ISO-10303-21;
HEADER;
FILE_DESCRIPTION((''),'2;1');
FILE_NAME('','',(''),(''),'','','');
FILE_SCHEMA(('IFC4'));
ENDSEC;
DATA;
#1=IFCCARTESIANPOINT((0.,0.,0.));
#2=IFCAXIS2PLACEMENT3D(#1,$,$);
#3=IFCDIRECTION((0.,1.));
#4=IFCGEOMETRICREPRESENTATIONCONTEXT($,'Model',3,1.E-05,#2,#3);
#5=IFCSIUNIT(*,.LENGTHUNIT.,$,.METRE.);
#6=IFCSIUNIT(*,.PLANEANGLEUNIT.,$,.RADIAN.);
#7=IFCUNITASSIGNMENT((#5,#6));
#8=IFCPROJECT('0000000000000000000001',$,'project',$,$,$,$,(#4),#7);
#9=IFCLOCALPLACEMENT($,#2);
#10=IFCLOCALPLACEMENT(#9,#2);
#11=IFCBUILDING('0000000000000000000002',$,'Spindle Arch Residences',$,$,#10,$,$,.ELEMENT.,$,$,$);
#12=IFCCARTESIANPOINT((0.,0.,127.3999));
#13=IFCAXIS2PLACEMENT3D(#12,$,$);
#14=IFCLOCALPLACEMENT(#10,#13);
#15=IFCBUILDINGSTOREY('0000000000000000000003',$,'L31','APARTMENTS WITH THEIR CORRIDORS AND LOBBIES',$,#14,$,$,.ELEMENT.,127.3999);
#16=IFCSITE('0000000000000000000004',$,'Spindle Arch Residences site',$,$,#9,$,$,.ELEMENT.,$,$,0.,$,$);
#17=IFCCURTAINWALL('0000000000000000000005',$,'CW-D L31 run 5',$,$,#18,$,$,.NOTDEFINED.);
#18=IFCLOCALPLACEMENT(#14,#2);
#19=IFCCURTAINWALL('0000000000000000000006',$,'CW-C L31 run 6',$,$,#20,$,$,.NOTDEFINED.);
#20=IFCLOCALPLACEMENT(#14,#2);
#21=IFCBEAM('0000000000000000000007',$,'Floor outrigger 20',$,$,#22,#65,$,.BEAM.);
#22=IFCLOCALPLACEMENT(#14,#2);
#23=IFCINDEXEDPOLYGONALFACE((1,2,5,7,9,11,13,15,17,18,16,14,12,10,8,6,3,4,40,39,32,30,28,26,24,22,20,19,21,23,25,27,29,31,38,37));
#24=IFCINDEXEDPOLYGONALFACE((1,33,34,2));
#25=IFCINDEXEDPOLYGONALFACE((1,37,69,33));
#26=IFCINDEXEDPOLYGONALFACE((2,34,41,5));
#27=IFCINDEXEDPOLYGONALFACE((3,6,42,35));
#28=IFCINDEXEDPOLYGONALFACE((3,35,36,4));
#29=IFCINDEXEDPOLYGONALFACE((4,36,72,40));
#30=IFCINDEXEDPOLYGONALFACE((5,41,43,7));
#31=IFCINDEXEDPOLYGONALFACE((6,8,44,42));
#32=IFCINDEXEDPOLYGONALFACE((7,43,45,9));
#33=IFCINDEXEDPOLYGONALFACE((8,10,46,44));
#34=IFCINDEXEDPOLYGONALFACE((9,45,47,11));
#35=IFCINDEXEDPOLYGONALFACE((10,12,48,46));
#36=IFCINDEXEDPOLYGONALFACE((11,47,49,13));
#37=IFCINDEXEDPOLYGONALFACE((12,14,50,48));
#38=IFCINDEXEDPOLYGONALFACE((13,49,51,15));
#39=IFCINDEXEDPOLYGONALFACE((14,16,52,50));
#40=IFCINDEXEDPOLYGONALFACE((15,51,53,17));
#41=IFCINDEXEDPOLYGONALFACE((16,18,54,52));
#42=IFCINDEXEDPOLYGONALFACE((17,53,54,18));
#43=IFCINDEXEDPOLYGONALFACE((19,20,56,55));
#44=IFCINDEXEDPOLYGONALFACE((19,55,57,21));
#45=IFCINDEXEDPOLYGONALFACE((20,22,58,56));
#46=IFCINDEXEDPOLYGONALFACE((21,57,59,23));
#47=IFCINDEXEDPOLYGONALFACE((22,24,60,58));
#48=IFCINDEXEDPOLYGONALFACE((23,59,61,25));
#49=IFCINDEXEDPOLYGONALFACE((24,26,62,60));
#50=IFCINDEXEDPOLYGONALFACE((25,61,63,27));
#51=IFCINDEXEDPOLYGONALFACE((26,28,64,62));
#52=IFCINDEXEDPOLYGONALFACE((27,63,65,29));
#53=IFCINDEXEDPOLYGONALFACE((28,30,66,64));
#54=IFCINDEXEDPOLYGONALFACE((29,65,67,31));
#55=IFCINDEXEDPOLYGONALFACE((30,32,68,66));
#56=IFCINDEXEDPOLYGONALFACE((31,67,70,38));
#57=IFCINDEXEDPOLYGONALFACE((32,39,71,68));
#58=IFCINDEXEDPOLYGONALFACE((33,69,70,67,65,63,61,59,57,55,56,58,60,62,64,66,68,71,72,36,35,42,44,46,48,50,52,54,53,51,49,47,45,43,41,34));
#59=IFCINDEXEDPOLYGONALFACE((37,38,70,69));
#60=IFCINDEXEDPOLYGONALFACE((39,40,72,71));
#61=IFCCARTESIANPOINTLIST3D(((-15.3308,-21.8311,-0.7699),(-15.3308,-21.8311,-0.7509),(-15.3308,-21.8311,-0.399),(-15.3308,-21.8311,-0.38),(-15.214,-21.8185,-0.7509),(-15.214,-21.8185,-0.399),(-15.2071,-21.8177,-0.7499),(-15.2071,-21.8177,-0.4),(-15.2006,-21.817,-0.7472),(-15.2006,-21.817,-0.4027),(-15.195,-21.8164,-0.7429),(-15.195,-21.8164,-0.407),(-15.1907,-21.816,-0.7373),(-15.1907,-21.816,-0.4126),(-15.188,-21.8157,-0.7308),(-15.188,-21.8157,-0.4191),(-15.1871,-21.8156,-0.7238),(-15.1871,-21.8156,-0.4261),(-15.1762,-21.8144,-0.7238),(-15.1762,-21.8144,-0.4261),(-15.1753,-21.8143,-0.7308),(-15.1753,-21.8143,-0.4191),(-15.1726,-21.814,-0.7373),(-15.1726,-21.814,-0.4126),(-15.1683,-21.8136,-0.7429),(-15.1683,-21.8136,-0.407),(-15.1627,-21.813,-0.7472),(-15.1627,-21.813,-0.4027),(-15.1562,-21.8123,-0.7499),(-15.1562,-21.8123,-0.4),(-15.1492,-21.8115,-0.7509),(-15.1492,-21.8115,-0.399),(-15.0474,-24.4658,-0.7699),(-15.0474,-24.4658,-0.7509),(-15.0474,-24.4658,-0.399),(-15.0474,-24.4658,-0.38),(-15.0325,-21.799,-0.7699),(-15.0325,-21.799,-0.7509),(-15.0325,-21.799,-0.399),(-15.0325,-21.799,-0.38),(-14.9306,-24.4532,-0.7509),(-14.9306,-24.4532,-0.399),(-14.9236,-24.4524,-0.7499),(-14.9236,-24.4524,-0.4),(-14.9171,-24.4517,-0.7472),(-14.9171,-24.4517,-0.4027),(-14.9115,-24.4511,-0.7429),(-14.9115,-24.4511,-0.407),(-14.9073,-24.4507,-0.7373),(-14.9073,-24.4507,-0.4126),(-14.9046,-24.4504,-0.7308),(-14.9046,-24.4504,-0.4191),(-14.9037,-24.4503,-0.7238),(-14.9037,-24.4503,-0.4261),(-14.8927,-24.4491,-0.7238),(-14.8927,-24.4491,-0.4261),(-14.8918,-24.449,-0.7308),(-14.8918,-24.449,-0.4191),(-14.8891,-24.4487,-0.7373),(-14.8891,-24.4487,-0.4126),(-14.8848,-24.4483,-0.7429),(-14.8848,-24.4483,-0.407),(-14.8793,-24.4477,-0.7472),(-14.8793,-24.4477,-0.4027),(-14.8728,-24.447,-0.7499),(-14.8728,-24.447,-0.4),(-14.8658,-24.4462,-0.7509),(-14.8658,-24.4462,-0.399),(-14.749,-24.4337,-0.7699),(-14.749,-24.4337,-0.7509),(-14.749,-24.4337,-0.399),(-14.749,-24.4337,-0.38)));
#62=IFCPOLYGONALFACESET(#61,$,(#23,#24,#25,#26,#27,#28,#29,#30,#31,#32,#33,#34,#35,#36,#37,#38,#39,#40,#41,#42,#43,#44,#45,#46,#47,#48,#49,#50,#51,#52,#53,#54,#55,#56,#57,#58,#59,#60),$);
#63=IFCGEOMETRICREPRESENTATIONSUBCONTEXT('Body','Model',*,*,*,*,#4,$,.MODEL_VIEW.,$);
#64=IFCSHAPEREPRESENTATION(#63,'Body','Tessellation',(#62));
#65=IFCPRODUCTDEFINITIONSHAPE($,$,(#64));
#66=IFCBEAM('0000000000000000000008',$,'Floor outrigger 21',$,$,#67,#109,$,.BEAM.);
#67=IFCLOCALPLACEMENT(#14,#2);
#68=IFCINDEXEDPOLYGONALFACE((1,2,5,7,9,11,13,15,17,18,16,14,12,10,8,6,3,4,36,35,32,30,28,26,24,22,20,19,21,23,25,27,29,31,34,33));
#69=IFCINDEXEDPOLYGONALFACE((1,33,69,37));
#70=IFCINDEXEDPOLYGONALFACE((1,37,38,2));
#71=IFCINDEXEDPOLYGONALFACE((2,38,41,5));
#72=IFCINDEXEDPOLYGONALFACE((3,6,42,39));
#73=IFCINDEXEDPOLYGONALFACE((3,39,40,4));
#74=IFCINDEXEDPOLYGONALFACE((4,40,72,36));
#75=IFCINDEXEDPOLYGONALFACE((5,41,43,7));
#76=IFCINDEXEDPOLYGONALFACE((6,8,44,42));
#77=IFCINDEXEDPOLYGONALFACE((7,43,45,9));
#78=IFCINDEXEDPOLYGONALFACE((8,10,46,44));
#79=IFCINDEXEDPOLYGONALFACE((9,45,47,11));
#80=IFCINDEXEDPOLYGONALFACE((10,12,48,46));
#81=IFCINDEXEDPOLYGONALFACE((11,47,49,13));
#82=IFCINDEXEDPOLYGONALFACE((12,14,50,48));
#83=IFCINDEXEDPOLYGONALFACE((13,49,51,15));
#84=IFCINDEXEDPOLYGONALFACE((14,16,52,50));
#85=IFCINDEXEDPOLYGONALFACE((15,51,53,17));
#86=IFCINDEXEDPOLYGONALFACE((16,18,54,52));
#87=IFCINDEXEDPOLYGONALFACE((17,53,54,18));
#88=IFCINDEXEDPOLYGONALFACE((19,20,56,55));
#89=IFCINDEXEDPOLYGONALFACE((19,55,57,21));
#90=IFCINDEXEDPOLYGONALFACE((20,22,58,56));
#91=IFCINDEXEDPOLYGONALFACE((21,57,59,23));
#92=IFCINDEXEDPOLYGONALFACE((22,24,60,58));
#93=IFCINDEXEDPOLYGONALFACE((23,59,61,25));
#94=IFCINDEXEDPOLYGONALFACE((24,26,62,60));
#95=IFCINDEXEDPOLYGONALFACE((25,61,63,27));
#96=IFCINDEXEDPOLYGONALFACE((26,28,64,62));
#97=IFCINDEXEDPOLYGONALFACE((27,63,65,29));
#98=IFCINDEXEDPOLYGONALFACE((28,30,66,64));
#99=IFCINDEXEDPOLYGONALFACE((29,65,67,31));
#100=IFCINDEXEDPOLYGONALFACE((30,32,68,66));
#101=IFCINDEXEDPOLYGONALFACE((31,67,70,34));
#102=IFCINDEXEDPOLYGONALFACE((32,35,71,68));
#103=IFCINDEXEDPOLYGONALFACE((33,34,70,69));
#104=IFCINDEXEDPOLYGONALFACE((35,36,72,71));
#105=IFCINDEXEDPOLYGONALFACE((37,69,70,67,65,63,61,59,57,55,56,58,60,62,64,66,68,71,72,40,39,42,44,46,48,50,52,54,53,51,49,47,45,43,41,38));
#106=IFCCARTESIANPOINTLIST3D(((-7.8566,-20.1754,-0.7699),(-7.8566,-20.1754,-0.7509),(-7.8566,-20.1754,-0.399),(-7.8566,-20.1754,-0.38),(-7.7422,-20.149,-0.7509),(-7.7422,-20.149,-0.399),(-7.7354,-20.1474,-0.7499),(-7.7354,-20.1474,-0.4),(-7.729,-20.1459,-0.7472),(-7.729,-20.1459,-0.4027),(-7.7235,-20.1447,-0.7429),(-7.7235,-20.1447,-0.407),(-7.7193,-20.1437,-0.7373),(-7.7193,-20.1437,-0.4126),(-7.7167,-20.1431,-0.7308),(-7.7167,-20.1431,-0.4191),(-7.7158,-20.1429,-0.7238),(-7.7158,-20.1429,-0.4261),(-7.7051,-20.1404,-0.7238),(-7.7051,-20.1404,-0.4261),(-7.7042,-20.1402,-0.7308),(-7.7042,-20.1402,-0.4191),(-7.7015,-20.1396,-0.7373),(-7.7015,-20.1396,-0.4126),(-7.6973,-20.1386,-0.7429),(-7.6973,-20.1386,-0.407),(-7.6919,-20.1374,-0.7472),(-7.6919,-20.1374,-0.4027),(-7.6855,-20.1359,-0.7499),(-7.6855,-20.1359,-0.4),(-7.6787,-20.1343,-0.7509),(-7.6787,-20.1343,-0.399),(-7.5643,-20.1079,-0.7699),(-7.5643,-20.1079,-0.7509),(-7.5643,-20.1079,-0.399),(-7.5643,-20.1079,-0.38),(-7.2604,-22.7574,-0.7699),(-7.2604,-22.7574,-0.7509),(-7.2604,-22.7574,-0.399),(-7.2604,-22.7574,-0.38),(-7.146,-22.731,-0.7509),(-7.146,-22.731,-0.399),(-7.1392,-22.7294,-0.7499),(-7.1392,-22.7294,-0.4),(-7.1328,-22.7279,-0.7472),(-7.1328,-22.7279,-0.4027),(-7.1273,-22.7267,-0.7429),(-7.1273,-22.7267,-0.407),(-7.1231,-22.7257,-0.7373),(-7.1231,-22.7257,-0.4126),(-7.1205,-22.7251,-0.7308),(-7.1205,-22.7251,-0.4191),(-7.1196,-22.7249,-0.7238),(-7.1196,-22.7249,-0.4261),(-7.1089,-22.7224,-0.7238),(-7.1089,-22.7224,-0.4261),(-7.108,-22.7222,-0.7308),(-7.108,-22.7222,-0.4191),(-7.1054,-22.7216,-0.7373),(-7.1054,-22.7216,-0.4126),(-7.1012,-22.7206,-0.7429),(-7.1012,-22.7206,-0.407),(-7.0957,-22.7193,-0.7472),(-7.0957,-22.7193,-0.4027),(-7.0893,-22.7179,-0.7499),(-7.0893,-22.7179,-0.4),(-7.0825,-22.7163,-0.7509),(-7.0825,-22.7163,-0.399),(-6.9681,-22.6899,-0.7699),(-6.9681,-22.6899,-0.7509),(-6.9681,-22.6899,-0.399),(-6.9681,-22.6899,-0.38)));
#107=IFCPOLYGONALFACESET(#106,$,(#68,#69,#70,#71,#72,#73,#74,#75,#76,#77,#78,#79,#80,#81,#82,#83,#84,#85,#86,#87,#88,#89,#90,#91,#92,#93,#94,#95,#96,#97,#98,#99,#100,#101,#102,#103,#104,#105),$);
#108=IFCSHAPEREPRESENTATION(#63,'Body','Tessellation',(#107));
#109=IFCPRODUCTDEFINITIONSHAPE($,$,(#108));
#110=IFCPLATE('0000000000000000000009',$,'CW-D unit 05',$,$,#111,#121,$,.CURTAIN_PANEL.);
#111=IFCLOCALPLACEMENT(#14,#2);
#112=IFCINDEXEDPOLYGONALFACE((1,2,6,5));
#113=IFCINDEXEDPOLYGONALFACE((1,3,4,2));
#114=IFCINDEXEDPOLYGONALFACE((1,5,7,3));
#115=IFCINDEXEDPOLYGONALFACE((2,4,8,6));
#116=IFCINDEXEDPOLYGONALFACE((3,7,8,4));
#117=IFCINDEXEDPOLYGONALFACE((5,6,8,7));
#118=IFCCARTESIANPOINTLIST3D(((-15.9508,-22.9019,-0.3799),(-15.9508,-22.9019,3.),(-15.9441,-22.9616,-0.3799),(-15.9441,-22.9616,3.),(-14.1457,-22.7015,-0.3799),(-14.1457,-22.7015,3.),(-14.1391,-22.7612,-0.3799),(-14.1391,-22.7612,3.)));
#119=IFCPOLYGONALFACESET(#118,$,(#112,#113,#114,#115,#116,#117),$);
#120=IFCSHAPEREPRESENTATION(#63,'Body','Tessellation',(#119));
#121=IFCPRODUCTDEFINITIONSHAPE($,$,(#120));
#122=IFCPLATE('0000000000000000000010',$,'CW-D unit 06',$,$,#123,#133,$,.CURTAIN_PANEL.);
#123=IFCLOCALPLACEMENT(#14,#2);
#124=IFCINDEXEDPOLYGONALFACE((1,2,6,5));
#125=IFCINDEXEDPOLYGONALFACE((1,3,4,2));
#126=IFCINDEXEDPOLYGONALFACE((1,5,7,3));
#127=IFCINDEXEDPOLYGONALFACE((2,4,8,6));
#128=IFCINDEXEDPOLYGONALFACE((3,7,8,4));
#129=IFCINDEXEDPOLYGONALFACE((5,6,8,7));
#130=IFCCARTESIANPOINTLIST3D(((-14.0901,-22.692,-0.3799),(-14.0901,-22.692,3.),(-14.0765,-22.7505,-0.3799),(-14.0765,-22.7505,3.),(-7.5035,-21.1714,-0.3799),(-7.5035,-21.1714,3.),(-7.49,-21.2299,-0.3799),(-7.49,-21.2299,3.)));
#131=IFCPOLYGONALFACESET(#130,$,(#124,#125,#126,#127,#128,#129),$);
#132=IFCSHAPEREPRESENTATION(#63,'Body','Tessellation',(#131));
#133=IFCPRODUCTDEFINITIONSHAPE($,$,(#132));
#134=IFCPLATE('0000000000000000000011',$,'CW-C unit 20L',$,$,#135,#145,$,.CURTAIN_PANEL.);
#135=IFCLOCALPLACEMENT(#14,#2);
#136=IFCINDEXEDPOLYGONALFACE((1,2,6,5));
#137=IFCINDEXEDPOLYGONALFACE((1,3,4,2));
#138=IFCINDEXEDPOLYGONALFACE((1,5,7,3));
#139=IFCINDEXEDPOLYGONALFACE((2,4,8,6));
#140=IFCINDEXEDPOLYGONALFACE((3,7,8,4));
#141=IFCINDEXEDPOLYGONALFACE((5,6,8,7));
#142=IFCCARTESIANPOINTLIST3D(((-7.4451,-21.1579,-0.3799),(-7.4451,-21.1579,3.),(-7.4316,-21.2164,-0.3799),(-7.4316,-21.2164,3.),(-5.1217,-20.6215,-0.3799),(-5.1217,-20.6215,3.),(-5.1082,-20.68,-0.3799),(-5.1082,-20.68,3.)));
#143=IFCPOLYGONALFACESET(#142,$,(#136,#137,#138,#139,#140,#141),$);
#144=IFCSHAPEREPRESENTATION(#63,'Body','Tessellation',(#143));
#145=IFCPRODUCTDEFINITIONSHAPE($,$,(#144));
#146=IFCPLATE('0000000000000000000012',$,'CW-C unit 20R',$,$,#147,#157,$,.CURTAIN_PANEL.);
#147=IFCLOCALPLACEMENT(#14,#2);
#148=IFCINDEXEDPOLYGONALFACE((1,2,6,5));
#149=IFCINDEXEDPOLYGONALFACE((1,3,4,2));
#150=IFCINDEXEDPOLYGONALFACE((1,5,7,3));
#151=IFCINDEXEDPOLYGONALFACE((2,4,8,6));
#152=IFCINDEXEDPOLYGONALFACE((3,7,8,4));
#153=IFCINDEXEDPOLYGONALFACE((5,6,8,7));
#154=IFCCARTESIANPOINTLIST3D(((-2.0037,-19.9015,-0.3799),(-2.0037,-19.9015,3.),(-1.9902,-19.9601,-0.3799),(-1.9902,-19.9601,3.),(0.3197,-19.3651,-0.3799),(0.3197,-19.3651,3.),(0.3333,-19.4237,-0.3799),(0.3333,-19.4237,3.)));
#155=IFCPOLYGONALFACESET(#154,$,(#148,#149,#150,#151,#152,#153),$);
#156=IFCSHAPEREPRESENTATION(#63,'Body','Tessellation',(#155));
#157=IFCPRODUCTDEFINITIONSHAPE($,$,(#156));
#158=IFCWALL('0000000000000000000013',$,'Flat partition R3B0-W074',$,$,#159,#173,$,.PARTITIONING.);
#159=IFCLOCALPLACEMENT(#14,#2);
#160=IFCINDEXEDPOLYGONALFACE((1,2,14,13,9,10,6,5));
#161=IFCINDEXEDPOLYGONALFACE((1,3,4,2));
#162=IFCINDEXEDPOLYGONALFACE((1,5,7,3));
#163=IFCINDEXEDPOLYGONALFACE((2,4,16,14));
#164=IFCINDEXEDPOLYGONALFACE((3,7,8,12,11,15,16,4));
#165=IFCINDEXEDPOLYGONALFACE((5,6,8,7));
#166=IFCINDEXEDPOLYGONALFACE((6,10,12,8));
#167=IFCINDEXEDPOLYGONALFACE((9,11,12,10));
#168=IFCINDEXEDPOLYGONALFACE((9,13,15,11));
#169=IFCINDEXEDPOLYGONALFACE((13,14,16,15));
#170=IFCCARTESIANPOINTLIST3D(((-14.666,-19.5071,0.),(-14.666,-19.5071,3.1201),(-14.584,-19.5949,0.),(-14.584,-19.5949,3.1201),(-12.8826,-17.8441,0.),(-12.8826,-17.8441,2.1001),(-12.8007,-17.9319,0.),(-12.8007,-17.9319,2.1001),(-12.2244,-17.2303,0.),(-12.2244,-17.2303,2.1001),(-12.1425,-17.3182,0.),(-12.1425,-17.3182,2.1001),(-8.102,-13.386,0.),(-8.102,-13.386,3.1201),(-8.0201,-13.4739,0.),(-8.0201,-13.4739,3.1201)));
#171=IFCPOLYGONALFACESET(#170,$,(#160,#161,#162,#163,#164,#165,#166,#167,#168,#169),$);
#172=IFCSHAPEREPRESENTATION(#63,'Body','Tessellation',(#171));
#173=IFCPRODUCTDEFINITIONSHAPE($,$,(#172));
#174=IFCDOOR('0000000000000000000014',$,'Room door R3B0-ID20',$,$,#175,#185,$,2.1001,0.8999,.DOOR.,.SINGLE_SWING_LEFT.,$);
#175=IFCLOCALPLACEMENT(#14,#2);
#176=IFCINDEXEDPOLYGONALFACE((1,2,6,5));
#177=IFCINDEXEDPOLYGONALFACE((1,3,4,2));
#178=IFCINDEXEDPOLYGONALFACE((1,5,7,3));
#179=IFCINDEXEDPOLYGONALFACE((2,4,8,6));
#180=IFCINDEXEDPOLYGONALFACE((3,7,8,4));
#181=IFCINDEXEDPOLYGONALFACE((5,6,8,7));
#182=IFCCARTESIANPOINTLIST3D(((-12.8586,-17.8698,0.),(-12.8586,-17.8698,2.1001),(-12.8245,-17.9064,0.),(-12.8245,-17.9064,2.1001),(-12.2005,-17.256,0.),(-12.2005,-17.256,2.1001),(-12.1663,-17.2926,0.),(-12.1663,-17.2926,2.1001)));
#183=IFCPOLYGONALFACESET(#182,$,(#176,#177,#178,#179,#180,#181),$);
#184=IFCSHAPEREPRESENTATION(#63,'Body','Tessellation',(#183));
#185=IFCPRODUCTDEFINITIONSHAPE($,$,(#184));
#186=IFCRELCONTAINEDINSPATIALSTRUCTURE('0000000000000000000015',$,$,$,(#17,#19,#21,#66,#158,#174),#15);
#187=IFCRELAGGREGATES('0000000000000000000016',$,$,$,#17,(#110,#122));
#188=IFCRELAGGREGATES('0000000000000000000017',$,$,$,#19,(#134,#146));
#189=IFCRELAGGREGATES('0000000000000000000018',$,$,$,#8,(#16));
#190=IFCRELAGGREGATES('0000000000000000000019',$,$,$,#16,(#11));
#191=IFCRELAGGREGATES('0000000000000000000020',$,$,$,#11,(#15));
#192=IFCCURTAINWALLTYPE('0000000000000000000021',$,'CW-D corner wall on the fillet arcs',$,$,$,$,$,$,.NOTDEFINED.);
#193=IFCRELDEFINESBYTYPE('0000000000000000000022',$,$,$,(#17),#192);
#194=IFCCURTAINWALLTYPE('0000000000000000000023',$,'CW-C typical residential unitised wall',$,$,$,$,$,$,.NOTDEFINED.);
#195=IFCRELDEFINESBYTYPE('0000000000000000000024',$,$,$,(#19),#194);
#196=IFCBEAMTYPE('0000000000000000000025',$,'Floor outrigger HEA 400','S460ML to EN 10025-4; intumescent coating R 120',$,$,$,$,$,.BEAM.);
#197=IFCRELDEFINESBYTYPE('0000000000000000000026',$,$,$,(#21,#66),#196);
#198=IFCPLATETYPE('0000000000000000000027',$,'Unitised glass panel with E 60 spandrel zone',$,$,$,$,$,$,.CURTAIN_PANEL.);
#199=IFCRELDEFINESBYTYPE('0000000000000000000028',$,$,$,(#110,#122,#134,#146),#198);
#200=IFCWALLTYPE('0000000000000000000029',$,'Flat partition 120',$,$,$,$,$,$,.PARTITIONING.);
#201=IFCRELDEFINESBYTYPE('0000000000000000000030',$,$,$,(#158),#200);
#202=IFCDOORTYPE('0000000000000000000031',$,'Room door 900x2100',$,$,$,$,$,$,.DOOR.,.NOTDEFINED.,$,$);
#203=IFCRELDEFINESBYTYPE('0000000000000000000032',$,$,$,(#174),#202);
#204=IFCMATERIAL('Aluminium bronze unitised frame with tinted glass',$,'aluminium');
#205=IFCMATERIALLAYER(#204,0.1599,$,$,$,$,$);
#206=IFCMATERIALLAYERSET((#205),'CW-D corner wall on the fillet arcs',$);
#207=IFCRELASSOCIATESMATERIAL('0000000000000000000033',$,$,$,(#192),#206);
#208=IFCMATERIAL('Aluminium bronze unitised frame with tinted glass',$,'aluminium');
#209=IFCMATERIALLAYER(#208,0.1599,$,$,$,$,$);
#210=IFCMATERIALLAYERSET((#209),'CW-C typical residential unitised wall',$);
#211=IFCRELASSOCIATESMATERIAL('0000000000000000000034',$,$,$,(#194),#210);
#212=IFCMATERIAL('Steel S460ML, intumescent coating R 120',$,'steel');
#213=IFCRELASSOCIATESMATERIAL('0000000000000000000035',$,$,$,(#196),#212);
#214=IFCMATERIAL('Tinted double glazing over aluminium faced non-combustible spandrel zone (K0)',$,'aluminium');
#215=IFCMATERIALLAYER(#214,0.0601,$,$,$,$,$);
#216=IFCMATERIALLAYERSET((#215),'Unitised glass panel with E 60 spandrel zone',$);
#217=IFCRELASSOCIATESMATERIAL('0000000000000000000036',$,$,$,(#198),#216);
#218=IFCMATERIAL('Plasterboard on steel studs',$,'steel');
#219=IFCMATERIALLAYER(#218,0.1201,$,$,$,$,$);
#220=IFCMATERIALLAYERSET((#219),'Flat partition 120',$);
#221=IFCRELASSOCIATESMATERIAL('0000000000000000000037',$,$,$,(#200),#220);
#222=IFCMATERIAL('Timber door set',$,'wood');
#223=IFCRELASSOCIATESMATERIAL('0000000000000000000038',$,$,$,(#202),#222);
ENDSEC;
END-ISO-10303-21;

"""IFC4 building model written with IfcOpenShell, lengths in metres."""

from ifc_helpers import new_model, si_unit, direction, frame, frame_2d, origin, origin_2d, place, context, subcontext, project, spatial, rectangle, i_section, extrude, material, layer, layer_set, material_profile, profile_set, type_object, element, fill, aggregate, save


model = new_model("IFC4")

# Units and contexts
model_context = context("Model", 3, precision=1e-05, world=origin(), true_north=direction((0.0, 1.0)))
body_context = subcontext(model_context, "Body", "Model", "MODEL_VIEW")
ifc_project = project(units=[si_unit("LENGTHUNIT", "METRE"), si_unit("PLANEANGLEUNIT", "RADIAN")], contexts=[model_context])

# Site, building, storey
site_placement = place(None, origin())
site = spatial("IfcSite", under=ifc_project, at=site_placement, Name="Spindle Arch Residences site", CompositionType="ELEMENT", RefElevation=0.0)
building_placement = place(site_placement, origin())
building = spatial("IfcBuilding", under=site, at=building_placement, Name="Spindle Arch Residences", CompositionType="ELEMENT")
storey_placement = place(building_placement, frame((0.0, 0.0, 127.3999)))
storey = spatial("IfcBuildingStorey", under=building, at=storey_placement, Name="L31", Description="APARTMENTS WITH THEIR CORRIDORS AND LOBBIES", CompositionType="ELEMENT", Elevation=127.3999)

# Curtain walls
ifc_material_1 = material(Name="Aluminium bronze unitised frame with tinted glass", Category="aluminium")
ifc_layer_1 = layer(ifc_material_1, 0.1599)
ifc_layer_set_1 = layer_set([ifc_layer_1], Name="CW-D corner wall on the fillet arcs")
curtain_wall_type_1 = type_object("IfcCurtainWallType", Name="CW-D corner wall on the fillet arcs", PredefinedType="NOTDEFINED", material=ifc_layer_set_1)
curtain_wall_1_placement = place(storey_placement, origin())
curtain_wall_1 = element("IfcCurtainWall", 1, at=curtain_wall_1_placement, inside=storey, type_object=curtain_wall_type_1, Name="CW-D L31 run 5", PredefinedType="NOTDEFINED")
ifc_material_2 = material(Name="Aluminium bronze unitised frame with tinted glass", Category="aluminium")
ifc_layer_2 = layer(ifc_material_2, 0.1599)
ifc_layer_set_2 = layer_set([ifc_layer_2], Name="CW-C typical residential unitised wall")
curtain_wall_type_2 = type_object("IfcCurtainWallType", Name="CW-C typical residential unitised wall", PredefinedType="NOTDEFINED", material=ifc_layer_set_2)
curtain_wall_2_placement = place(storey_placement, origin())
curtain_wall_2 = element("IfcCurtainWall", 2, at=curtain_wall_2_placement, inside=storey, type_object=curtain_wall_type_2, Name="CW-C L31 run 6", PredefinedType="NOTDEFINED")

# Beams
ifc_material_3 = material(Name="Steel S460ML, intumescent coating R 120", Category="steel")
ifc_material_profile_1 = material_profile(ifc_material_3, i_section(OverallWidth=0.3, OverallDepth=0.3899, WebThickness=0.011, FlangeThickness=0.019, FilletRadius=0.0271, at=origin_2d()), Name="HEA 400")
ifc_profile_set_1 = profile_set([ifc_material_profile_1], Name="Steel S460ML, intumescent coating R 120")
beam_type_1 = type_object("IfcBeamType", Name="Floor outrigger HEA 400", Description="S460ML to EN 10025-4; intumescent coating R 120", PredefinedType="BEAM", material=ifc_profile_set_1)
for number, where, z_axis, x_axis, name in (
    (3, (-14.8982, -24.4497, -0.575), (-0.106963, 0.994263, 0.0), (-0.994263, -0.106963, 0.0), "Floor outrigger 20"),
    (4, (-7.1143, -22.7236, -0.575), (-0.224981, 0.974363, 0.0), (-0.974363, -0.224981, 0.0), "Floor outrigger 21"),
):
    element("IfcBeam", number, at=place(storey_placement, frame(where, z_axis=z_axis, x_axis=x_axis)), inside=storey, type_object=beam_type_1, Name=name, PredefinedType="BEAM", context=body_context, shape_type="SweptSolid", body=[
        extrude(i_section(OverallWidth=0.3, OverallDepth=0.3899, WebThickness=0.011, FlangeThickness=0.019, FilletRadius=0.0271, at=origin_2d()), origin(), (0.0, 0.0, 1.0), 2.6499),
    ])

# Plates
ifc_material_4 = material(Name="Tinted double glazing over aluminium faced non-combustible spandrel zone (K0)", Category="aluminium")
ifc_layer_3 = layer(ifc_material_4, 0.0601)
ifc_layer_set_3 = layer_set([ifc_layer_3], Name="Unitised glass panel with E 60 spandrel zone")
plate_type = type_object("IfcPlateType", Name="Unitised glass panel with E 60 spandrel zone", PredefinedType="CURTAIN_PANEL", material=ifc_layer_set_3)
plate_1_placement = place(storey_placement, frame((-15.0449, -22.8315, -0.3799), z_axis=(0.0, 0.0, 1.0), x_axis=(0.993897, 0.110313, 0.0)))
plate_1 = element("IfcPlate", 5, at=plate_1_placement, type_object=plate_type, Name="CW-D unit 05", PredefinedType="CURTAIN_PANEL", context=body_context, shape_type="SweptSolid", body=[
    extrude(rectangle(XDim=1.8162, YDim=0.0601, at=origin_2d()), origin(), (0.0, 0.0, 1.0), 3.3799),
])
plate_2_placement = place(storey_placement, frame((-10.79, -21.9609, -0.3799), z_axis=(0.0, 0.0, 1.0), x_axis=(0.97437, 0.224951, 0.0)))
plate_2 = element("IfcPlate", 6, at=plate_2_placement, type_object=plate_type, Name="CW-D unit 06", PredefinedType="CURTAIN_PANEL", context=body_context, shape_type="SweptSolid", body=[
    extrude(rectangle(XDim=6.7598, YDim=0.0601, at=origin_2d()), origin(), (0.0, 0.0, 1.0), 3.3799),
])
aggregate(curtain_wall_1, [plate_1, plate_2])
plate_3_placement = place(storey_placement, frame((-6.2766, -20.9189, -0.3799), z_axis=(0.0, 0.0, 1.0), x_axis=(0.97437, 0.224951, 0.0)))
plate_3 = element("IfcPlate", 7, at=plate_3_placement, type_object=plate_type, Name="CW-C unit 20L", PredefinedType="CURTAIN_PANEL", context=body_context, shape_type="SweptSolid", body=[
    extrude(rectangle(XDim=2.3845, YDim=0.0601, at=origin_2d()), origin(), (0.0, 0.0, 1.0), 3.3799),
])
plate_4_placement = place(storey_placement, frame((-0.8352, -19.6626, -0.3799), z_axis=(0.0, 0.0, 1.0), x_axis=(0.97437, 0.224951, 0.0)))
plate_4 = element("IfcPlate", 8, at=plate_4_placement, type_object=plate_type, Name="CW-C unit 20R", PredefinedType="CURTAIN_PANEL", context=body_context, shape_type="SweptSolid", body=[
    extrude(rectangle(XDim=2.3845, YDim=0.0601, at=origin_2d()), origin(), (0.0, 0.0, 1.0), 3.3799),
])
aggregate(curtain_wall_2, [plate_3, plate_4])

# Wall, opening, door
ifc_material_5 = material(Name="Plasterboard on steel studs", Category="steel")
ifc_layer_4 = layer(ifc_material_5, 0.1201)
ifc_layer_set_4 = layer_set([ifc_layer_4], Name="Flat partition 120")
wall_type_1 = type_object("IfcWallType", Name="Flat partition 120", PredefinedType="PARTITIONING", material=ifc_layer_set_4)
wall_1_placement = place(storey_placement, frame((-14.625, -19.551, 0.0), z_axis=(0.0, 0.0, 1.0), x_axis=(0.731348, 0.682004, 0.0)))
wall_1 = element("IfcWall", 9, at=wall_1_placement, inside=storey, type_object=wall_type_1, Name="Flat partition R3B0-W074", PredefinedType="PARTITIONING", context=body_context, shape_type="SweptSolid", body=[
    extrude(rectangle(XDim=8.9751, YDim=0.1201, at=frame_2d((4.4875, 0.0))), origin(), (0.0, 0.0, 1.0), 3.1201),
])
opening_1_placement = place(wall_1_placement, frame((2.4385, 0.0, 0.0)))
opening_1 = element("IfcOpeningElement", 10, at=opening_1_placement, cuts=wall_1, PredefinedType="OPENING", context=body_context, shape_type="SweptSolid", body=[
    extrude(rectangle(XDim=0.8999, YDim=2.1001, at=frame_2d((0.45, 1.05))), frame((0.0, 0.0701, 0.0), z_axis=(0.0, -1.0, 0.0), x_axis=(1.0, 0.0, 0.0)), (0.0, 0.0, 1.0), 0.1401),
])
ifc_material_6 = material(Name="Timber door set", Category="wood")
door_type_1 = type_object("IfcDoorType", Name="Room door 900x2100", OperationType="NOTDEFINED", PredefinedType="DOOR", material=ifc_material_6)
door_1_placement = place(opening_1_placement, origin())
door_1 = element("IfcDoor", 11, at=door_1_placement, inside=storey, type_object=door_type_1, Name="Room door R3B0-ID20", OperationType="SINGLE_SWING_LEFT", OverallHeight=2.1001, OverallWidth=0.8999, PredefinedType="DOOR", context=body_context, shape_type="SweptSolid", body=[
    extrude(rectangle(XDim=0.8999, YDim=2.1001, at=frame_2d((0.45, 1.05))), frame((0.0, 0.0249, 0.0), z_axis=(0.0, -1.0, 0.0), x_axis=(1.0, 0.0, 0.0)), (0.0, 0.0, 1.0), 0.05),
])
fill(opening_1, door_1)

save(model, "model.ifc")
